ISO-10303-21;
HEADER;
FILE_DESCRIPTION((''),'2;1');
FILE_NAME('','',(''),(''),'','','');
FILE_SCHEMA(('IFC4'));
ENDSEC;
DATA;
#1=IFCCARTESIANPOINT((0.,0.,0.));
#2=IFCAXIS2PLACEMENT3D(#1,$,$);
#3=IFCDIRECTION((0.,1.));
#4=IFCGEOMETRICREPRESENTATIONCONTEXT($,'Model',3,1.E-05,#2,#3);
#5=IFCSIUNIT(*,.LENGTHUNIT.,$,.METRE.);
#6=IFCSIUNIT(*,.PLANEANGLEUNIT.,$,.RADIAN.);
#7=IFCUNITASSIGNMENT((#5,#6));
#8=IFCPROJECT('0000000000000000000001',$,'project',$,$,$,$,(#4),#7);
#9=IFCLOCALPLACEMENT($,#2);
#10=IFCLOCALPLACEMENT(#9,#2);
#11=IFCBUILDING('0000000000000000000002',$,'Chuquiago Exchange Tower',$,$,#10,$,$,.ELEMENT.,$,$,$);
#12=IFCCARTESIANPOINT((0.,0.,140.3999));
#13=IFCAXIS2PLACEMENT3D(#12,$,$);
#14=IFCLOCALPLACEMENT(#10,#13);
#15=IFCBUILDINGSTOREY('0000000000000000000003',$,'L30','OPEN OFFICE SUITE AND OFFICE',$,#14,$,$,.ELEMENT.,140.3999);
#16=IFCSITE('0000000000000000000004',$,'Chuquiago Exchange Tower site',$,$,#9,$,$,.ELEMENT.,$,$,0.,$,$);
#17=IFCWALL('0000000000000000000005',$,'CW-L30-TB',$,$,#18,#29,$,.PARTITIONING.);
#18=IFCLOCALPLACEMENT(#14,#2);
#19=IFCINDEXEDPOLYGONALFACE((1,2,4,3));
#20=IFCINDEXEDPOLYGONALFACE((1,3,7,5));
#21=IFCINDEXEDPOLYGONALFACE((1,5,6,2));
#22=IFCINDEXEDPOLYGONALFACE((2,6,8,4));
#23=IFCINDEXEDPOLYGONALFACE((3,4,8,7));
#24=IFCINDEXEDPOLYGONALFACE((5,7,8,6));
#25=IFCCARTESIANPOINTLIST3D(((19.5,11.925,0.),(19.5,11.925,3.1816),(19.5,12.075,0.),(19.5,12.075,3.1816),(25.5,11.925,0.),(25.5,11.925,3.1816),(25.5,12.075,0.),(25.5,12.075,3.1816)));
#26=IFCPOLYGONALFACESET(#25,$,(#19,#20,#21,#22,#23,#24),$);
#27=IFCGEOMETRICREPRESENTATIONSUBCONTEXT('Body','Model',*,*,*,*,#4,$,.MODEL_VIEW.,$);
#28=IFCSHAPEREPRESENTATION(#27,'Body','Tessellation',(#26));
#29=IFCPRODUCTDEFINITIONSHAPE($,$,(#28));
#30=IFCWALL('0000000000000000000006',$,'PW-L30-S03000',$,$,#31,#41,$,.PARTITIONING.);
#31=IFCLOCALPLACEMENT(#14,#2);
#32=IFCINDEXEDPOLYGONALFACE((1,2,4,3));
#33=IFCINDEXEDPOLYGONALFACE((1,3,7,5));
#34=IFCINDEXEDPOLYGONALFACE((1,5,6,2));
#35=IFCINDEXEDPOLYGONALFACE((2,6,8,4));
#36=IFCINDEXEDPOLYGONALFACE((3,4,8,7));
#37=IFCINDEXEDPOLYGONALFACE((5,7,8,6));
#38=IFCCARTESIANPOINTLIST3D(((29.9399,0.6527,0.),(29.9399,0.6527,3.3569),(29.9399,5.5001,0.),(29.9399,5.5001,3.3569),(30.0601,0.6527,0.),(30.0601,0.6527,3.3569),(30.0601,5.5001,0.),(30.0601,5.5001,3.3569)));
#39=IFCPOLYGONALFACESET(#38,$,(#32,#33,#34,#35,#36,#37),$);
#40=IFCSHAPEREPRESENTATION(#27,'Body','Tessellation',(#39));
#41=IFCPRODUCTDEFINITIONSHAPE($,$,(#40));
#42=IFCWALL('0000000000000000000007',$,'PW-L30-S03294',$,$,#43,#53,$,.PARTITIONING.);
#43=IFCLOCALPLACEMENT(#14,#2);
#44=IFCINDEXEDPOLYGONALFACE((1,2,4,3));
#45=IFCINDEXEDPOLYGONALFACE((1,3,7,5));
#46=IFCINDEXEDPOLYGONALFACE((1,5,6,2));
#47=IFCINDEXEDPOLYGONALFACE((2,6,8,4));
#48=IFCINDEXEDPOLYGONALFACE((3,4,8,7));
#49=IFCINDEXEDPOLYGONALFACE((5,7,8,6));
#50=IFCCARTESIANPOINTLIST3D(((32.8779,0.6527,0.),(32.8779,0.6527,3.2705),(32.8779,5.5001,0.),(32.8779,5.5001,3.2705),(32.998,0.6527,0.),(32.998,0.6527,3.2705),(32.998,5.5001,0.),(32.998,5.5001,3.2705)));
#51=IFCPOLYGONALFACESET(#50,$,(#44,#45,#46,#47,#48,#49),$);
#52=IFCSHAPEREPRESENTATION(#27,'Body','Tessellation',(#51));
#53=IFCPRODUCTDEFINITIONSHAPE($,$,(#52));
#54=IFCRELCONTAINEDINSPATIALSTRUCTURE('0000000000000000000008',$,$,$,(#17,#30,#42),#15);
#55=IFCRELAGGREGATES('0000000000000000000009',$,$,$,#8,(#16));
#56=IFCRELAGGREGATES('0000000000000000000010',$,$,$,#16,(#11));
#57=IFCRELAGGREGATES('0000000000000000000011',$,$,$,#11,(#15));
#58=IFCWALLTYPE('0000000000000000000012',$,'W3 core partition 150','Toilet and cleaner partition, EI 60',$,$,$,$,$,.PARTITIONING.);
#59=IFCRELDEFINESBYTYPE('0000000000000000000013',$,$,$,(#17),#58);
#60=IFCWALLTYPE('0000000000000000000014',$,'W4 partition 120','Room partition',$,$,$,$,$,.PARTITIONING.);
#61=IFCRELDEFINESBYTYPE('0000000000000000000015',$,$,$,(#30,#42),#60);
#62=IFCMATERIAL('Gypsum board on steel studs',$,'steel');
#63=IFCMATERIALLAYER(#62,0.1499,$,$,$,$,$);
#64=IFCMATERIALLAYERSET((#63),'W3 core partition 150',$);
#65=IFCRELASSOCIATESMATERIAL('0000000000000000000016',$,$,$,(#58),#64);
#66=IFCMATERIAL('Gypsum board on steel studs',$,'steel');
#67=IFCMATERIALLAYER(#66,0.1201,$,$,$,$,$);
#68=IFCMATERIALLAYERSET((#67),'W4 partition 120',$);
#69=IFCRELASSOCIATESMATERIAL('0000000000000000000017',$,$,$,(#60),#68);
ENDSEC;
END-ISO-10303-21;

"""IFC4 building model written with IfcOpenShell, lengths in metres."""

from ifc_helpers import new_model, si_unit, direction, frame, frame_2d, origin, place, context, subcontext, project, spatial, rectangle, extrude, material, layer, layer_set, type_object, element, save


model = new_model("IFC4")

# Units and contexts
model_context = context("Model", 3, precision=1e-05, world=origin(), true_north=direction((0.0, 1.0)))
body_context = subcontext(model_context, "Body", "Model", "MODEL_VIEW")
ifc_project = project(units=[si_unit("LENGTHUNIT", "METRE"), si_unit("PLANEANGLEUNIT", "RADIAN")], contexts=[model_context])

# Site, building, storey
site_placement = place(None, origin())
site = spatial("IfcSite", under=ifc_project, at=site_placement, Name="Chuquiago Exchange Tower site", CompositionType="ELEMENT", RefElevation=0.0)
building_placement = place(site_placement, origin())
building = spatial("IfcBuilding", under=site, at=building_placement, Name="Chuquiago Exchange Tower", CompositionType="ELEMENT")
storey_placement = place(building_placement, frame((0.0, 0.0, 140.3999)))
storey = spatial("IfcBuildingStorey", under=building, at=storey_placement, Name="L30", Description="OPEN OFFICE SUITE AND OFFICE", CompositionType="ELEMENT", Elevation=140.3999)

# Walls
ifc_material_1 = material(Name="Gypsum board on steel studs", Category="steel")
ifc_layer_1 = layer(ifc_material_1, 0.1499)
ifc_layer_set_1 = layer_set([ifc_layer_1], Name="W3 core partition 150")
wall_type_1 = type_object("IfcWallType", Name="W3 core partition 150", Description="Toilet and cleaner partition, EI 60", PredefinedType="PARTITIONING", material=ifc_layer_set_1)
wall_1_placement = place(storey_placement, frame((19.5, 12.0, 0.0), z_axis=(0.0, 0.0, 1.0), x_axis=(1.0, 0.0, 0.0)))
element("IfcWall", 1, at=wall_1_placement, inside=storey, type_object=wall_type_1, Name="CW-L30-TB", PredefinedType="PARTITIONING", context=body_context, shape_type="SweptSolid", body=[
    extrude(rectangle(XDim=6.0, YDim=0.1499, at=frame_2d((3.0, 0.0))), origin(), (0.0, 0.0, 1.0), 3.1816),
])
ifc_material_2 = material(Name="Gypsum board on steel studs", Category="steel")
ifc_layer_2 = layer(ifc_material_2, 0.1201)
ifc_layer_set_2 = layer_set([ifc_layer_2], Name="W4 partition 120")
wall_type_2 = type_object("IfcWallType", Name="W4 partition 120", Description="Room partition", PredefinedType="PARTITIONING", material=ifc_layer_set_2)
wall_2_placement = place(storey_placement, frame((30.0, 0.6526, 0.0), z_axis=(0.0, 0.0, 1.0), x_axis=(0.0, 1.0, 0.0)))
element("IfcWall", 2, at=wall_2_placement, inside=storey, type_object=wall_type_2, Name="PW-L30-S03000", PredefinedType="PARTITIONING", context=body_context, shape_type="SweptSolid", body=[
    extrude(rectangle(XDim=4.8474, YDim=0.1201, at=frame_2d((2.4238, 0.0))), origin(), (0.0, 0.0, 1.0), 3.3569),
])
wall_3_placement = place(storey_placement, frame((32.938, 0.6526, 0.0), z_axis=(0.0, 0.0, 1.0), x_axis=(0.0, 1.0, 0.0)))
element("IfcWall", 3, at=wall_3_placement, inside=storey, type_object=wall_type_2, Name="PW-L30-S03294", PredefinedType="PARTITIONING", context=body_context, shape_type="SweptSolid", body=[
    extrude(rectangle(XDim=4.8474, YDim=0.1201, at=frame_2d((2.4238, 0.0))), origin(), (0.0, 0.0, 1.0), 3.2705),
])

save(model, "model.ifc")
